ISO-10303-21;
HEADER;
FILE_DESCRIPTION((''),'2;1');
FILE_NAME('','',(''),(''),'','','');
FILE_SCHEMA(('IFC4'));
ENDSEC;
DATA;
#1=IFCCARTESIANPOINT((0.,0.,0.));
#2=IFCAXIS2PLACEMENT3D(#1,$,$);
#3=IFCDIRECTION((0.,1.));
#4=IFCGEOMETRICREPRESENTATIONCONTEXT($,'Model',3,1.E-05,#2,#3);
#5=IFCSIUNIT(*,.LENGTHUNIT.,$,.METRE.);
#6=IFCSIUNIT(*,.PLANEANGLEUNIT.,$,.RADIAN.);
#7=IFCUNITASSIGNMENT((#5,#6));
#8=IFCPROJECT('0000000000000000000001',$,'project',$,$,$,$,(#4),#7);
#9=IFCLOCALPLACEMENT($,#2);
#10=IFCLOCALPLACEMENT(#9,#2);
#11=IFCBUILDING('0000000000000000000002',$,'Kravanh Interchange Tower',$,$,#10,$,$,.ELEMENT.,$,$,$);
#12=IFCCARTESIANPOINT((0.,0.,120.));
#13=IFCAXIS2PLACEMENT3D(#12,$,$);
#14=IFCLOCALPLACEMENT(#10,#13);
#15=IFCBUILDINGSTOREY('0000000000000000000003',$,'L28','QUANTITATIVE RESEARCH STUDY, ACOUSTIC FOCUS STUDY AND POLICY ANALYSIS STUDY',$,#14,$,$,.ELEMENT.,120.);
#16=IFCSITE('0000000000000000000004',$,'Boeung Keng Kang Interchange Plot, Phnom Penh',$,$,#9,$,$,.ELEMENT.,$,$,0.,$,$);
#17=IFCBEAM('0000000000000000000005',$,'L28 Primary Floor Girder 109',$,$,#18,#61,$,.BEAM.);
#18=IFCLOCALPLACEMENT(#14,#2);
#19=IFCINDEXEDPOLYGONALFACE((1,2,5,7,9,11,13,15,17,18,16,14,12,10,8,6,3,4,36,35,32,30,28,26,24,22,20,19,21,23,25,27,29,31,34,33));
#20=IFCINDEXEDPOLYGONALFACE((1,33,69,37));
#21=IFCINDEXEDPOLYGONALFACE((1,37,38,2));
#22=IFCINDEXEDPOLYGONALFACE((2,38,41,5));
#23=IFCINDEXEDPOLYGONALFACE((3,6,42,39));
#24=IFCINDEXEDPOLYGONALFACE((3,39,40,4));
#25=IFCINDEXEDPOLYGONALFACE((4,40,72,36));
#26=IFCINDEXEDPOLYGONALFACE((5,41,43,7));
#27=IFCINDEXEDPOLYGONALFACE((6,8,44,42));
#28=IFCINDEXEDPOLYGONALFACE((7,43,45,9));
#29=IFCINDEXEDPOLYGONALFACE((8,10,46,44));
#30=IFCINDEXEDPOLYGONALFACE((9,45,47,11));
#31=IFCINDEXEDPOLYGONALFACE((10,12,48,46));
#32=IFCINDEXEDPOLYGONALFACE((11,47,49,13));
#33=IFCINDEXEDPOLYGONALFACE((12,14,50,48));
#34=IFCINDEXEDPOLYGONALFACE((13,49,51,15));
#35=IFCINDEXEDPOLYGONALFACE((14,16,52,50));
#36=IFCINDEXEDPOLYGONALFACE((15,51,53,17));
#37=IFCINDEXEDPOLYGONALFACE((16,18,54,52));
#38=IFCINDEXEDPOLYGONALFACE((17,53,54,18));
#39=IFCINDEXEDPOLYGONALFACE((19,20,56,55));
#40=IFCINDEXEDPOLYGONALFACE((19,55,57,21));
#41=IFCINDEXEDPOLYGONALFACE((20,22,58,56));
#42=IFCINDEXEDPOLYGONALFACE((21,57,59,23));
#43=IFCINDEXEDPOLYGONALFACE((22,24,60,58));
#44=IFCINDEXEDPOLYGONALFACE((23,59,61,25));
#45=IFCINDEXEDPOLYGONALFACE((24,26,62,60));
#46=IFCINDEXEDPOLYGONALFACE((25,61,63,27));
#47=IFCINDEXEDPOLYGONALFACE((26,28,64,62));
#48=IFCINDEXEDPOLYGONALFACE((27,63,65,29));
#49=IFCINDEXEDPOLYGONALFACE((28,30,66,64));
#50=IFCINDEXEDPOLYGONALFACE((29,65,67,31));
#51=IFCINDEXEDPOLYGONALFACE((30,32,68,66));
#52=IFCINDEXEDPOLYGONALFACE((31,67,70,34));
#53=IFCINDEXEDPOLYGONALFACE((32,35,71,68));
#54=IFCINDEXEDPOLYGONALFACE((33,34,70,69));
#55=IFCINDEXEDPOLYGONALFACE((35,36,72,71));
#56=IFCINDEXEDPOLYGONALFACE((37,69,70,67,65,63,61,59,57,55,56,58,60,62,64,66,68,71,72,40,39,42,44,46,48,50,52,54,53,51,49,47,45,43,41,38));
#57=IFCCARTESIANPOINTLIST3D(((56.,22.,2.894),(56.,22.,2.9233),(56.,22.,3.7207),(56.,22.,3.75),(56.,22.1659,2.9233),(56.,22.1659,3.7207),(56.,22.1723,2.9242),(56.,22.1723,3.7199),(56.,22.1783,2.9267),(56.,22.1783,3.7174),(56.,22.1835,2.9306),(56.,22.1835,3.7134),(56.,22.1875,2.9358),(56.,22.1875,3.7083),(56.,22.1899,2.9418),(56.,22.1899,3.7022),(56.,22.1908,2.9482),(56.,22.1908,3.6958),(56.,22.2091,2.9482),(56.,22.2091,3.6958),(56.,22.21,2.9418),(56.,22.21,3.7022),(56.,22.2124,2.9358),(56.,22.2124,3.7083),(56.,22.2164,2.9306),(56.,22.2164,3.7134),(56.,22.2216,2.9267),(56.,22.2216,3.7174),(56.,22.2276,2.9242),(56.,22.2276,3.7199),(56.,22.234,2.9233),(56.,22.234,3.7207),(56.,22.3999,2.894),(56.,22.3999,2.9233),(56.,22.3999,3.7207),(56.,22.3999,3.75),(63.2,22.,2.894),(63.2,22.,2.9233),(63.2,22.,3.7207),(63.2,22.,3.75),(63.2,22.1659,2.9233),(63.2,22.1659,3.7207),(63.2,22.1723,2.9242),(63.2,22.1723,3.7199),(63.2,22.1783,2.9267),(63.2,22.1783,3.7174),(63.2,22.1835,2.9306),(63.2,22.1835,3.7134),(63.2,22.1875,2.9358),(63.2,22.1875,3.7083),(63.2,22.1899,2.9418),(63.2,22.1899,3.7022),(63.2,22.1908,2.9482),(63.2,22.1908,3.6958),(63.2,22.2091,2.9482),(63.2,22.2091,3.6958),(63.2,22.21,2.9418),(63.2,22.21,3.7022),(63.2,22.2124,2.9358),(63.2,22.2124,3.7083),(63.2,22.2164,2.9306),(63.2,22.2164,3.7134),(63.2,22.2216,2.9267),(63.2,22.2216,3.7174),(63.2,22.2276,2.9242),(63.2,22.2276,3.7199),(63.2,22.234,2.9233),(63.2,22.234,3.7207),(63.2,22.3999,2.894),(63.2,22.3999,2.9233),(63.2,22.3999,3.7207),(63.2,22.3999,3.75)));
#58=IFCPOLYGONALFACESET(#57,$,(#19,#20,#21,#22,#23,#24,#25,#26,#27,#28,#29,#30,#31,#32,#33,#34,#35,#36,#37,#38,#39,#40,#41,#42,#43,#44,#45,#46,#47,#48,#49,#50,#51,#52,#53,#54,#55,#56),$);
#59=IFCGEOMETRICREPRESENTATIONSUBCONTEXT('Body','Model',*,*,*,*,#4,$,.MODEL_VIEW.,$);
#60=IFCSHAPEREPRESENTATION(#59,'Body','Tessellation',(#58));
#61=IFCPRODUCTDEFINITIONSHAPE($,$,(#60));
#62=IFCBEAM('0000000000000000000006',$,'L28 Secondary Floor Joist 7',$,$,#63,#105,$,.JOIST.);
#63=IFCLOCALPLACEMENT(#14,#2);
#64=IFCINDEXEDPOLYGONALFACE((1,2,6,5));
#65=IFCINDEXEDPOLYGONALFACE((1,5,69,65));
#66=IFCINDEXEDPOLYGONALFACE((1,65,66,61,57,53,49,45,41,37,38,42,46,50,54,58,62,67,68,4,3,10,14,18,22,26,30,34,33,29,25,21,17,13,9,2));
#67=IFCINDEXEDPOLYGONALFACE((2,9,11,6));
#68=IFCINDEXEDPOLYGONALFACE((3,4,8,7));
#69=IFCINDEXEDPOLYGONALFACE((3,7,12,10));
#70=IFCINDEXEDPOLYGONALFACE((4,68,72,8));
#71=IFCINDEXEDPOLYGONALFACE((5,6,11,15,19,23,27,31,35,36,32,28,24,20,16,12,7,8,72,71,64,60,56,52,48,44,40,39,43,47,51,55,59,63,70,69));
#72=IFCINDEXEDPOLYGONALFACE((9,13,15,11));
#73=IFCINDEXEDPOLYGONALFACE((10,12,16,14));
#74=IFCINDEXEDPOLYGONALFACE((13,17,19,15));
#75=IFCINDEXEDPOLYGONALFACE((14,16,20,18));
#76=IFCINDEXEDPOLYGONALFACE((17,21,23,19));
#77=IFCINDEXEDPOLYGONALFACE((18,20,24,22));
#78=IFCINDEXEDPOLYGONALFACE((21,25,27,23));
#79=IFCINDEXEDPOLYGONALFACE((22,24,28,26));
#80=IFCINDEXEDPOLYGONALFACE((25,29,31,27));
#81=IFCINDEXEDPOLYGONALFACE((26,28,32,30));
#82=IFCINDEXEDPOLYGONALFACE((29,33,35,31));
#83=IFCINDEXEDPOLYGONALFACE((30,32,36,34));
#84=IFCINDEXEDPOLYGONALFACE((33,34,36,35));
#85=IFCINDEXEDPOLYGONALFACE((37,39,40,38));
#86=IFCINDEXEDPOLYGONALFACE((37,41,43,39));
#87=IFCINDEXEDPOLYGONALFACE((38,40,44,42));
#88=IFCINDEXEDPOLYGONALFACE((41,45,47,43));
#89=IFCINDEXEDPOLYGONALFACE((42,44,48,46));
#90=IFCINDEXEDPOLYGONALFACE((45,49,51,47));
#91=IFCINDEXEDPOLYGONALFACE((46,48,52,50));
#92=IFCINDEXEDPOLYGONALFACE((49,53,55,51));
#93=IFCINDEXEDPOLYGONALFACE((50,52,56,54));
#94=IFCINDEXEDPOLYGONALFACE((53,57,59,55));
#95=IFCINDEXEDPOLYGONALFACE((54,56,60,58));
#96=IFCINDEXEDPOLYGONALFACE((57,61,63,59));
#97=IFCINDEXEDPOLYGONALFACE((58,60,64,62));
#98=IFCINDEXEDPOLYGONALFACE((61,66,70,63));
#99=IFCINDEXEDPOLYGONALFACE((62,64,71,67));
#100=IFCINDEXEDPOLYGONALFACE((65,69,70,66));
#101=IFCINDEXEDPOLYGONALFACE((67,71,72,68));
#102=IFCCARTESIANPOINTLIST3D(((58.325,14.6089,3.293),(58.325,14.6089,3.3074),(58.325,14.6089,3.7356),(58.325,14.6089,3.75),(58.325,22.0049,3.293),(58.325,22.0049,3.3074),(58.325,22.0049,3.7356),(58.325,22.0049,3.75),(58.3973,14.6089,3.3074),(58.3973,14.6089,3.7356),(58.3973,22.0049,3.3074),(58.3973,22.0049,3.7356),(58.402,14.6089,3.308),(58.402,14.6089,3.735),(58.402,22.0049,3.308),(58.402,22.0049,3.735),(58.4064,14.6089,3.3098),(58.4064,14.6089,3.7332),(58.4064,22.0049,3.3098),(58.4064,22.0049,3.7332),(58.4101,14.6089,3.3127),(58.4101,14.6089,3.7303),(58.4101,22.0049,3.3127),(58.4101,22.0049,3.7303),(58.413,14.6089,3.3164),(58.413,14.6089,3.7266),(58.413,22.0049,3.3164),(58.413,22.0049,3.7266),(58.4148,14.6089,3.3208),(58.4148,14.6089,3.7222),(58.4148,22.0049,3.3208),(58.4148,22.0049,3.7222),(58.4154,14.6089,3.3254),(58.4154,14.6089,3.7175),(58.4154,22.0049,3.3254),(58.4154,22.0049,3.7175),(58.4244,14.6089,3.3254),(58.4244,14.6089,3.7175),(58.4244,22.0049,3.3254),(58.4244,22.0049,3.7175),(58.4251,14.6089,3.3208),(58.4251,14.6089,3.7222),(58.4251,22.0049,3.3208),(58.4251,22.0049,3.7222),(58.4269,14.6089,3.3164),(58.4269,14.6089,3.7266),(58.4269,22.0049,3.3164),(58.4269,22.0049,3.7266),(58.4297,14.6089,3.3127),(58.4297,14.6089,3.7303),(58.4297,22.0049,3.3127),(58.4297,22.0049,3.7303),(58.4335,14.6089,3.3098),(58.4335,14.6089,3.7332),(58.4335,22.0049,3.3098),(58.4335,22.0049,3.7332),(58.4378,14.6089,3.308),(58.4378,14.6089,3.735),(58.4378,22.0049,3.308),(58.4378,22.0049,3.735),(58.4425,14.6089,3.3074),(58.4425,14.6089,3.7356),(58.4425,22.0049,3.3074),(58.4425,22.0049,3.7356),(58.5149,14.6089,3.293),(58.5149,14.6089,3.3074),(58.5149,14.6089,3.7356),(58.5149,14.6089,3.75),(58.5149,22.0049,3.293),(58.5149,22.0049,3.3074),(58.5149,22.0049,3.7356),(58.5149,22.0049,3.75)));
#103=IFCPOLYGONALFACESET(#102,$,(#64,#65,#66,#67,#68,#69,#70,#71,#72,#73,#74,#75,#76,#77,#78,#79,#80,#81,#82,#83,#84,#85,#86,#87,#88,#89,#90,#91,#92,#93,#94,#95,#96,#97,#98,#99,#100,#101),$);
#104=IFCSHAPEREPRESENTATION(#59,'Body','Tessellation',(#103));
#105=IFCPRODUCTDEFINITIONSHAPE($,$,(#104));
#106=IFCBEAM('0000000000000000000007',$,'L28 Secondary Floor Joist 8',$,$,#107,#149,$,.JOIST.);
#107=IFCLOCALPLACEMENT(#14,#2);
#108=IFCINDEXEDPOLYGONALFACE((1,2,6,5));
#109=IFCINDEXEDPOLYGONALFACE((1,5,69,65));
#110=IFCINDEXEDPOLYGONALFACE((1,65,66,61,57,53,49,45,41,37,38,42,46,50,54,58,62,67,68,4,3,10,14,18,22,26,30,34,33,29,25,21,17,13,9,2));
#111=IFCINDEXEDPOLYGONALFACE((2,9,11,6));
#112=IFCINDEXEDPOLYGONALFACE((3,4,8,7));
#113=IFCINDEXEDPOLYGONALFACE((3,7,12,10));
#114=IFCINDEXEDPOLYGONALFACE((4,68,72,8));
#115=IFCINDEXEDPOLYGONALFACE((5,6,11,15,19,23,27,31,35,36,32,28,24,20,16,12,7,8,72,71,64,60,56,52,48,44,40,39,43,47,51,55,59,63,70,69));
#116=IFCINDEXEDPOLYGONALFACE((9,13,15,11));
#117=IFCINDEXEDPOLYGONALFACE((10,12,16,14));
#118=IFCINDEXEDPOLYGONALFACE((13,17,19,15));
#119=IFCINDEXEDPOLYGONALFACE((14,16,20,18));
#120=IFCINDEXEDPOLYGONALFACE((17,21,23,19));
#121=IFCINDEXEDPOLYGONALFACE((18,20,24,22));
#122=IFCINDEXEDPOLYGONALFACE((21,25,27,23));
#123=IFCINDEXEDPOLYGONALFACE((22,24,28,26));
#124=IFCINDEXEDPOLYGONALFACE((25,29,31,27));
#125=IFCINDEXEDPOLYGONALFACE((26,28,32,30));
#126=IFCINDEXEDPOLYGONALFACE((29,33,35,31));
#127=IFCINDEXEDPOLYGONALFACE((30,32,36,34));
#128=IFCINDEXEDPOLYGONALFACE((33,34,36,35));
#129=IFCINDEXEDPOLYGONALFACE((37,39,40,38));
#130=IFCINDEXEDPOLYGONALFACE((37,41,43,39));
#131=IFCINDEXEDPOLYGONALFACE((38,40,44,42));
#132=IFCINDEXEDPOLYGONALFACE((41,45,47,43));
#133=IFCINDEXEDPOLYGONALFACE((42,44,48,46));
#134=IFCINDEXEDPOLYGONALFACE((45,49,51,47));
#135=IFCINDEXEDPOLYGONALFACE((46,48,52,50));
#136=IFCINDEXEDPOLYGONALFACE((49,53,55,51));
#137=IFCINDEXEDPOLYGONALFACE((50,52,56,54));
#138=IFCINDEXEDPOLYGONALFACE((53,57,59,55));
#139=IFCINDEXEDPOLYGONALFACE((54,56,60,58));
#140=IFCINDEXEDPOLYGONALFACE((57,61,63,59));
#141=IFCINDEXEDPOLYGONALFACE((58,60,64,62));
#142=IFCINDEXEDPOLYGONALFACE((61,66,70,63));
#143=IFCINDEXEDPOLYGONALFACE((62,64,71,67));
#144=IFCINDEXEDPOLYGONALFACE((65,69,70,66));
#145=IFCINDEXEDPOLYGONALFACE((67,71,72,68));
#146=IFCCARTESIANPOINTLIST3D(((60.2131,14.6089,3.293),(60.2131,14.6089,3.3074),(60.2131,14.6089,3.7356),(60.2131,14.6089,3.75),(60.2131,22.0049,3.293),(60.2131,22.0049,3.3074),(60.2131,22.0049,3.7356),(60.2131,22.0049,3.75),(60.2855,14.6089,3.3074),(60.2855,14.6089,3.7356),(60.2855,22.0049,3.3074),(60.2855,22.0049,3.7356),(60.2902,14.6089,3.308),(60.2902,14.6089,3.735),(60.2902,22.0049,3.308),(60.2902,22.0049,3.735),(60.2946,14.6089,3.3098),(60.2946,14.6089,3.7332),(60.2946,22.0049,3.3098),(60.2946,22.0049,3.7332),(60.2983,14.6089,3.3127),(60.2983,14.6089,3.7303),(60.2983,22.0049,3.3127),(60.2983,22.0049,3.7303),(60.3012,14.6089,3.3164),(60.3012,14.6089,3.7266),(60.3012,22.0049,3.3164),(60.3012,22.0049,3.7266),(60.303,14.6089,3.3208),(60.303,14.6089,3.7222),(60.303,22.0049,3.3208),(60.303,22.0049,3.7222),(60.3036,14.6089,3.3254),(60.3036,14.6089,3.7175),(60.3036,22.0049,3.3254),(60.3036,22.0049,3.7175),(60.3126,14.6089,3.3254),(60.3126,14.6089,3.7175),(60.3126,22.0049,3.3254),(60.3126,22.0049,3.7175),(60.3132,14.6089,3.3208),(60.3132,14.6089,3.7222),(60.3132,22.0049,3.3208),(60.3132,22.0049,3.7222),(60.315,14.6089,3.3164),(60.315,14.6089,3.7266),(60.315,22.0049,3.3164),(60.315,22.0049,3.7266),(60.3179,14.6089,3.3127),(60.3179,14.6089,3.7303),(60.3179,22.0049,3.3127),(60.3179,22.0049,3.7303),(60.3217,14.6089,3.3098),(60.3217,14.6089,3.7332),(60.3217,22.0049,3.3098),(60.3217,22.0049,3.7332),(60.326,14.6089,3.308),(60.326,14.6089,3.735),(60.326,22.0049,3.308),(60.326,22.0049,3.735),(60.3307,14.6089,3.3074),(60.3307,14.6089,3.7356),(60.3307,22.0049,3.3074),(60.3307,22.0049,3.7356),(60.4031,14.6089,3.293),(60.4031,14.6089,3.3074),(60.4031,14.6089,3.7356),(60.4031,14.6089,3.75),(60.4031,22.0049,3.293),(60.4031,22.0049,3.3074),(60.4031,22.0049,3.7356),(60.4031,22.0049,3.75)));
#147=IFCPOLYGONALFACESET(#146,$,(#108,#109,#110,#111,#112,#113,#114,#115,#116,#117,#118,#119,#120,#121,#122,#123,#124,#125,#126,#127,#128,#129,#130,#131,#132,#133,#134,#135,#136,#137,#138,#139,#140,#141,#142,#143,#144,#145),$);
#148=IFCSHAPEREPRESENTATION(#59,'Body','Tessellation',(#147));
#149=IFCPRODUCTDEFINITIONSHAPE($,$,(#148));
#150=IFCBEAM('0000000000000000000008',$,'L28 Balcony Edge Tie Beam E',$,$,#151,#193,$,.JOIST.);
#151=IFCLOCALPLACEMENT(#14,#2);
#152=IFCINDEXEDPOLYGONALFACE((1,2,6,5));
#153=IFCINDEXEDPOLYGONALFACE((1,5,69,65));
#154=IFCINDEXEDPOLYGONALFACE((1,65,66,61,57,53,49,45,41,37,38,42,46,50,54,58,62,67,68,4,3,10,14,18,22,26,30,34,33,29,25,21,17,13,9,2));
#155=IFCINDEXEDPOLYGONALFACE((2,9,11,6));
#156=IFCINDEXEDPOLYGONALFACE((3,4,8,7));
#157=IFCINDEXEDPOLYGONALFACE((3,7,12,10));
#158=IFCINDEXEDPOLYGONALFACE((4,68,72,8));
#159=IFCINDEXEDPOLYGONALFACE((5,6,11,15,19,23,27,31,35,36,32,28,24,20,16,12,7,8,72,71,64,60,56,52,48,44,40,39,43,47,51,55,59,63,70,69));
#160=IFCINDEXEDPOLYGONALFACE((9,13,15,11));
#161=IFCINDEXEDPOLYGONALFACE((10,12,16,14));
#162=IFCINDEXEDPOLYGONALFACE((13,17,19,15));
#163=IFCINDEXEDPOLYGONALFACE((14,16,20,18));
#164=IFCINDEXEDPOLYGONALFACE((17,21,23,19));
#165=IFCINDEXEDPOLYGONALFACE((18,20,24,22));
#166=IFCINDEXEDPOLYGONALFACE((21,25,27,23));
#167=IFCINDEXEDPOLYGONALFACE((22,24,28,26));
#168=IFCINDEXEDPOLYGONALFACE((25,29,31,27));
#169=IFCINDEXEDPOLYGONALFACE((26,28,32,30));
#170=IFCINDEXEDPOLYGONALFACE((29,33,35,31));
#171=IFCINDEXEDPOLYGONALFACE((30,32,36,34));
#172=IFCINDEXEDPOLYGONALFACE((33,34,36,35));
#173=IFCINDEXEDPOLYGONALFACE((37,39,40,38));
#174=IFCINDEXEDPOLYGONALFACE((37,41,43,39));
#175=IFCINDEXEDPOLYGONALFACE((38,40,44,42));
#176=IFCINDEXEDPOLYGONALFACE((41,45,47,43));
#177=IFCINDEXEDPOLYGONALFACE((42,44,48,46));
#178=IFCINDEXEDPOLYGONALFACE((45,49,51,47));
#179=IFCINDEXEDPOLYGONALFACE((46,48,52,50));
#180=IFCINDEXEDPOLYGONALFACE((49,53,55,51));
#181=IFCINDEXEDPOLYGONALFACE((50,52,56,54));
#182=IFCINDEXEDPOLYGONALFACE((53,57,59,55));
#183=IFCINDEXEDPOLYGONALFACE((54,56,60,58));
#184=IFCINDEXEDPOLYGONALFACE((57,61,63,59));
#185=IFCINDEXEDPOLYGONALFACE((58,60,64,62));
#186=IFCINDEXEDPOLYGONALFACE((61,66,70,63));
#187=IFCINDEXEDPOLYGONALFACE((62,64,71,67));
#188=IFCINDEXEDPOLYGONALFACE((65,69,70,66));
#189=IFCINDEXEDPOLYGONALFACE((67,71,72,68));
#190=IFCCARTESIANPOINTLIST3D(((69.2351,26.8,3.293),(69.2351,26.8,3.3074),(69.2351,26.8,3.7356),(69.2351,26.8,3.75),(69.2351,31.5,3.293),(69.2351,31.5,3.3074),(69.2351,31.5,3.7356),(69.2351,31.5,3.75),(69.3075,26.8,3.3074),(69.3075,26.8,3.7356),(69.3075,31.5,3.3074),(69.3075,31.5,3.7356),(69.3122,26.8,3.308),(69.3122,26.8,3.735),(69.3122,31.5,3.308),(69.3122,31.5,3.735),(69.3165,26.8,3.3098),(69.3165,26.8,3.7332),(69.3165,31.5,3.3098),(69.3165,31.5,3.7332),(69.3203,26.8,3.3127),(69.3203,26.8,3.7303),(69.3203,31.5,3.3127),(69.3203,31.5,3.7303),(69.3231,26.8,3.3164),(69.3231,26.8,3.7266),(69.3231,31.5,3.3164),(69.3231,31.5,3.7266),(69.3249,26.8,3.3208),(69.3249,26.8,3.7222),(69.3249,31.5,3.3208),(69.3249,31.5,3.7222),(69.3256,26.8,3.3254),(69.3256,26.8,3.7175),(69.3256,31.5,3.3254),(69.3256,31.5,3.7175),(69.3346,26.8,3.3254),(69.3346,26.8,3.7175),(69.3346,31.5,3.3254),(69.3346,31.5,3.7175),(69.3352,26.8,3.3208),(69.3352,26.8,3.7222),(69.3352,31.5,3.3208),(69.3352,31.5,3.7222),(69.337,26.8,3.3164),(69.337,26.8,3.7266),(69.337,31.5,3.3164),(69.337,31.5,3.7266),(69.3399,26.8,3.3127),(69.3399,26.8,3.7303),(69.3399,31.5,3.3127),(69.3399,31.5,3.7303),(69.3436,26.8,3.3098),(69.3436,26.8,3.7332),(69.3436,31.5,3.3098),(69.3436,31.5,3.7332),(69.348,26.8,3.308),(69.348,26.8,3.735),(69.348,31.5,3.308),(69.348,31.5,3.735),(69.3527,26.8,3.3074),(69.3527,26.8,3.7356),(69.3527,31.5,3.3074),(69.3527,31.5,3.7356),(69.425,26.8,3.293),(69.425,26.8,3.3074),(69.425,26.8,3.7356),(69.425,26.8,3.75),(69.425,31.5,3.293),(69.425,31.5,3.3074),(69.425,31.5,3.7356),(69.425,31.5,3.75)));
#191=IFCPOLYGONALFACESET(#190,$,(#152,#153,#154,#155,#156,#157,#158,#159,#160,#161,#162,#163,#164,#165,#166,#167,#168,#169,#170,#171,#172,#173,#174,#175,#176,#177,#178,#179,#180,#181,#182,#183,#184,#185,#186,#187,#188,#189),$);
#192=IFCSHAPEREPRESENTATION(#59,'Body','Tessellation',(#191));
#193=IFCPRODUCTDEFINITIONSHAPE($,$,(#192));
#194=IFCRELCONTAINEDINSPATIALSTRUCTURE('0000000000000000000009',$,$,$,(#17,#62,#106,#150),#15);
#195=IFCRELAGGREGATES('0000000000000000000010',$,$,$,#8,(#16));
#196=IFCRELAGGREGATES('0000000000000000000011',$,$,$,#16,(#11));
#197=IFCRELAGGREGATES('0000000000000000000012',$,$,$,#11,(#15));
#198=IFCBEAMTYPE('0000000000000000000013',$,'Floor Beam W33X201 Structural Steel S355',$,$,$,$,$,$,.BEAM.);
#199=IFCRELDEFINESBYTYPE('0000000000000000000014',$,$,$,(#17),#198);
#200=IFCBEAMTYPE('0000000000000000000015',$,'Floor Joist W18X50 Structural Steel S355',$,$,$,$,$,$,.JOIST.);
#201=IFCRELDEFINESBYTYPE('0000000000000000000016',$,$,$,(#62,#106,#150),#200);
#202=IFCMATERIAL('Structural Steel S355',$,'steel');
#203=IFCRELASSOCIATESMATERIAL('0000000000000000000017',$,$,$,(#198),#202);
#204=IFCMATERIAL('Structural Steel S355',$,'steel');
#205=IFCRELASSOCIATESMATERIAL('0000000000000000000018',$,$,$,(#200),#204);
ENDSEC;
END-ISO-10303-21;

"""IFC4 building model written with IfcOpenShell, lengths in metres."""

from ifc_helpers import new_model, si_unit, direction, frame, origin, origin_2d, place, context, subcontext, project, spatial, i_section, extrude, material, material_profile, profile_set, type_object, element, save


model = new_model("IFC4")

# Units and contexts
model_context = context("Model", 3, precision=1e-05, world=origin(), true_north=direction((0.0, 1.0)))
body_context = subcontext(model_context, "Body", "Model", "MODEL_VIEW")
ifc_project = project(units=[si_unit("LENGTHUNIT", "METRE"), si_unit("PLANEANGLEUNIT", "RADIAN")], contexts=[model_context])

# Site, building, storey
site_placement = place(None, origin())
site = spatial("IfcSite", under=ifc_project, at=site_placement, Name="Boeung Keng Kang Interchange Plot, Phnom Penh", CompositionType="ELEMENT", RefElevation=0.0)
building_placement = place(site_placement, origin())
building = spatial("IfcBuilding", under=site, at=building_placement, Name="Kravanh Interchange Tower", CompositionType="ELEMENT")
storey_placement = place(building_placement, frame((0.0, 0.0, 120.0)))
storey = spatial("IfcBuildingStorey", under=building, at=storey_placement, Name="L28", Description="QUANTITATIVE RESEARCH STUDY, ACOUSTIC FOCUS STUDY AND POLICY ANALYSIS STUDY", CompositionType="ELEMENT", Elevation=120.0)

# Beams
ifc_material_1 = material(Name="Structural Steel S355", Category="steel")
ifc_material_profile_1 = material_profile(ifc_material_1, i_section(OverallWidth=0.3999, OverallDepth=0.856, WebThickness=0.0183, FlangeThickness=0.0293, FilletRadius=0.0249, at=origin_2d()), Name="W33X201")
ifc_profile_set_1 = profile_set([ifc_material_profile_1], Name="Structural Steel S355")
beam_type_1 = type_object("IfcBeamType", Name="Floor Beam W33X201 Structural Steel S355", PredefinedType="BEAM", material=ifc_profile_set_1)
beam_1_placement = place(storey_placement, frame((56.0, 22.2, 3.322), z_axis=(1.0, 0.0, 0.0), x_axis=(0.0, 1.0, 0.0)))
element("IfcBeam", 1, at=beam_1_placement, inside=storey, type_object=beam_type_1, Name="L28 Primary Floor Girder 109", PredefinedType="BEAM", context=body_context, shape_type="SweptSolid", body=[
    extrude(i_section(OverallWidth=0.3999, OverallDepth=0.856, WebThickness=0.0183, FlangeThickness=0.0293, FilletRadius=0.0249, at=origin_2d()), origin(), (0.0, 0.0, 1.0), 7.2),
])
ifc_material_2 = material(Name="Structural Steel S355", Category="steel")
ifc_material_profile_2 = material_profile(ifc_material_2, i_section(OverallWidth=0.1899, OverallDepth=0.457, WebThickness=0.009, FlangeThickness=0.0144, FilletRadius=0.0181, at=origin_2d()), Name="W18X50")
ifc_profile_set_2 = profile_set([ifc_material_profile_2], Name="Structural Steel S355")
beam_type_2 = type_object("IfcBeamType", Name="Floor Joist W18X50 Structural Steel S355", PredefinedType="JOIST", material=ifc_profile_set_2)
for number, where, z_axis, x_axis, name in (
    (2, (58.4199, 14.6089, 3.5215), (0.0, 1.0, 0.0), (-1.0, 0.0, 0.0), "L28 Secondary Floor Joist 7"),
    (3, (60.3081, 14.6089, 3.5215), (0.0, 1.0, 0.0), (-1.0, 0.0, 0.0), "L28 Secondary Floor Joist 8"),
):
    element("IfcBeam", number, at=place(storey_placement, frame(where, z_axis=z_axis, x_axis=x_axis)), inside=storey, type_object=beam_type_2, Name=name, PredefinedType="JOIST", context=body_context, shape_type="SweptSolid", body=[
        extrude(i_section(OverallWidth=0.1899, OverallDepth=0.457, WebThickness=0.009, FlangeThickness=0.0144, FilletRadius=0.0181, at=origin_2d()), origin(), (0.0, 0.0, 1.0), 7.396),
    ])
beam_2_placement = place(storey_placement, frame((69.3301, 26.8, 3.5215), z_axis=(0.0, 1.0, 0.0), x_axis=(-1.0, 0.0, 0.0)))
element("IfcBeam", 4, at=beam_2_placement, inside=storey, type_object=beam_type_2, Name="L28 Balcony Edge Tie Beam E", PredefinedType="JOIST", context=body_context, shape_type="SweptSolid", body=[
    extrude(i_section(OverallWidth=0.1899, OverallDepth=0.457, WebThickness=0.009, FlangeThickness=0.0144, FilletRadius=0.0181, at=origin_2d()), origin(), (0.0, 0.0, 1.0), 4.7),
])

save(model, "model.ifc")
